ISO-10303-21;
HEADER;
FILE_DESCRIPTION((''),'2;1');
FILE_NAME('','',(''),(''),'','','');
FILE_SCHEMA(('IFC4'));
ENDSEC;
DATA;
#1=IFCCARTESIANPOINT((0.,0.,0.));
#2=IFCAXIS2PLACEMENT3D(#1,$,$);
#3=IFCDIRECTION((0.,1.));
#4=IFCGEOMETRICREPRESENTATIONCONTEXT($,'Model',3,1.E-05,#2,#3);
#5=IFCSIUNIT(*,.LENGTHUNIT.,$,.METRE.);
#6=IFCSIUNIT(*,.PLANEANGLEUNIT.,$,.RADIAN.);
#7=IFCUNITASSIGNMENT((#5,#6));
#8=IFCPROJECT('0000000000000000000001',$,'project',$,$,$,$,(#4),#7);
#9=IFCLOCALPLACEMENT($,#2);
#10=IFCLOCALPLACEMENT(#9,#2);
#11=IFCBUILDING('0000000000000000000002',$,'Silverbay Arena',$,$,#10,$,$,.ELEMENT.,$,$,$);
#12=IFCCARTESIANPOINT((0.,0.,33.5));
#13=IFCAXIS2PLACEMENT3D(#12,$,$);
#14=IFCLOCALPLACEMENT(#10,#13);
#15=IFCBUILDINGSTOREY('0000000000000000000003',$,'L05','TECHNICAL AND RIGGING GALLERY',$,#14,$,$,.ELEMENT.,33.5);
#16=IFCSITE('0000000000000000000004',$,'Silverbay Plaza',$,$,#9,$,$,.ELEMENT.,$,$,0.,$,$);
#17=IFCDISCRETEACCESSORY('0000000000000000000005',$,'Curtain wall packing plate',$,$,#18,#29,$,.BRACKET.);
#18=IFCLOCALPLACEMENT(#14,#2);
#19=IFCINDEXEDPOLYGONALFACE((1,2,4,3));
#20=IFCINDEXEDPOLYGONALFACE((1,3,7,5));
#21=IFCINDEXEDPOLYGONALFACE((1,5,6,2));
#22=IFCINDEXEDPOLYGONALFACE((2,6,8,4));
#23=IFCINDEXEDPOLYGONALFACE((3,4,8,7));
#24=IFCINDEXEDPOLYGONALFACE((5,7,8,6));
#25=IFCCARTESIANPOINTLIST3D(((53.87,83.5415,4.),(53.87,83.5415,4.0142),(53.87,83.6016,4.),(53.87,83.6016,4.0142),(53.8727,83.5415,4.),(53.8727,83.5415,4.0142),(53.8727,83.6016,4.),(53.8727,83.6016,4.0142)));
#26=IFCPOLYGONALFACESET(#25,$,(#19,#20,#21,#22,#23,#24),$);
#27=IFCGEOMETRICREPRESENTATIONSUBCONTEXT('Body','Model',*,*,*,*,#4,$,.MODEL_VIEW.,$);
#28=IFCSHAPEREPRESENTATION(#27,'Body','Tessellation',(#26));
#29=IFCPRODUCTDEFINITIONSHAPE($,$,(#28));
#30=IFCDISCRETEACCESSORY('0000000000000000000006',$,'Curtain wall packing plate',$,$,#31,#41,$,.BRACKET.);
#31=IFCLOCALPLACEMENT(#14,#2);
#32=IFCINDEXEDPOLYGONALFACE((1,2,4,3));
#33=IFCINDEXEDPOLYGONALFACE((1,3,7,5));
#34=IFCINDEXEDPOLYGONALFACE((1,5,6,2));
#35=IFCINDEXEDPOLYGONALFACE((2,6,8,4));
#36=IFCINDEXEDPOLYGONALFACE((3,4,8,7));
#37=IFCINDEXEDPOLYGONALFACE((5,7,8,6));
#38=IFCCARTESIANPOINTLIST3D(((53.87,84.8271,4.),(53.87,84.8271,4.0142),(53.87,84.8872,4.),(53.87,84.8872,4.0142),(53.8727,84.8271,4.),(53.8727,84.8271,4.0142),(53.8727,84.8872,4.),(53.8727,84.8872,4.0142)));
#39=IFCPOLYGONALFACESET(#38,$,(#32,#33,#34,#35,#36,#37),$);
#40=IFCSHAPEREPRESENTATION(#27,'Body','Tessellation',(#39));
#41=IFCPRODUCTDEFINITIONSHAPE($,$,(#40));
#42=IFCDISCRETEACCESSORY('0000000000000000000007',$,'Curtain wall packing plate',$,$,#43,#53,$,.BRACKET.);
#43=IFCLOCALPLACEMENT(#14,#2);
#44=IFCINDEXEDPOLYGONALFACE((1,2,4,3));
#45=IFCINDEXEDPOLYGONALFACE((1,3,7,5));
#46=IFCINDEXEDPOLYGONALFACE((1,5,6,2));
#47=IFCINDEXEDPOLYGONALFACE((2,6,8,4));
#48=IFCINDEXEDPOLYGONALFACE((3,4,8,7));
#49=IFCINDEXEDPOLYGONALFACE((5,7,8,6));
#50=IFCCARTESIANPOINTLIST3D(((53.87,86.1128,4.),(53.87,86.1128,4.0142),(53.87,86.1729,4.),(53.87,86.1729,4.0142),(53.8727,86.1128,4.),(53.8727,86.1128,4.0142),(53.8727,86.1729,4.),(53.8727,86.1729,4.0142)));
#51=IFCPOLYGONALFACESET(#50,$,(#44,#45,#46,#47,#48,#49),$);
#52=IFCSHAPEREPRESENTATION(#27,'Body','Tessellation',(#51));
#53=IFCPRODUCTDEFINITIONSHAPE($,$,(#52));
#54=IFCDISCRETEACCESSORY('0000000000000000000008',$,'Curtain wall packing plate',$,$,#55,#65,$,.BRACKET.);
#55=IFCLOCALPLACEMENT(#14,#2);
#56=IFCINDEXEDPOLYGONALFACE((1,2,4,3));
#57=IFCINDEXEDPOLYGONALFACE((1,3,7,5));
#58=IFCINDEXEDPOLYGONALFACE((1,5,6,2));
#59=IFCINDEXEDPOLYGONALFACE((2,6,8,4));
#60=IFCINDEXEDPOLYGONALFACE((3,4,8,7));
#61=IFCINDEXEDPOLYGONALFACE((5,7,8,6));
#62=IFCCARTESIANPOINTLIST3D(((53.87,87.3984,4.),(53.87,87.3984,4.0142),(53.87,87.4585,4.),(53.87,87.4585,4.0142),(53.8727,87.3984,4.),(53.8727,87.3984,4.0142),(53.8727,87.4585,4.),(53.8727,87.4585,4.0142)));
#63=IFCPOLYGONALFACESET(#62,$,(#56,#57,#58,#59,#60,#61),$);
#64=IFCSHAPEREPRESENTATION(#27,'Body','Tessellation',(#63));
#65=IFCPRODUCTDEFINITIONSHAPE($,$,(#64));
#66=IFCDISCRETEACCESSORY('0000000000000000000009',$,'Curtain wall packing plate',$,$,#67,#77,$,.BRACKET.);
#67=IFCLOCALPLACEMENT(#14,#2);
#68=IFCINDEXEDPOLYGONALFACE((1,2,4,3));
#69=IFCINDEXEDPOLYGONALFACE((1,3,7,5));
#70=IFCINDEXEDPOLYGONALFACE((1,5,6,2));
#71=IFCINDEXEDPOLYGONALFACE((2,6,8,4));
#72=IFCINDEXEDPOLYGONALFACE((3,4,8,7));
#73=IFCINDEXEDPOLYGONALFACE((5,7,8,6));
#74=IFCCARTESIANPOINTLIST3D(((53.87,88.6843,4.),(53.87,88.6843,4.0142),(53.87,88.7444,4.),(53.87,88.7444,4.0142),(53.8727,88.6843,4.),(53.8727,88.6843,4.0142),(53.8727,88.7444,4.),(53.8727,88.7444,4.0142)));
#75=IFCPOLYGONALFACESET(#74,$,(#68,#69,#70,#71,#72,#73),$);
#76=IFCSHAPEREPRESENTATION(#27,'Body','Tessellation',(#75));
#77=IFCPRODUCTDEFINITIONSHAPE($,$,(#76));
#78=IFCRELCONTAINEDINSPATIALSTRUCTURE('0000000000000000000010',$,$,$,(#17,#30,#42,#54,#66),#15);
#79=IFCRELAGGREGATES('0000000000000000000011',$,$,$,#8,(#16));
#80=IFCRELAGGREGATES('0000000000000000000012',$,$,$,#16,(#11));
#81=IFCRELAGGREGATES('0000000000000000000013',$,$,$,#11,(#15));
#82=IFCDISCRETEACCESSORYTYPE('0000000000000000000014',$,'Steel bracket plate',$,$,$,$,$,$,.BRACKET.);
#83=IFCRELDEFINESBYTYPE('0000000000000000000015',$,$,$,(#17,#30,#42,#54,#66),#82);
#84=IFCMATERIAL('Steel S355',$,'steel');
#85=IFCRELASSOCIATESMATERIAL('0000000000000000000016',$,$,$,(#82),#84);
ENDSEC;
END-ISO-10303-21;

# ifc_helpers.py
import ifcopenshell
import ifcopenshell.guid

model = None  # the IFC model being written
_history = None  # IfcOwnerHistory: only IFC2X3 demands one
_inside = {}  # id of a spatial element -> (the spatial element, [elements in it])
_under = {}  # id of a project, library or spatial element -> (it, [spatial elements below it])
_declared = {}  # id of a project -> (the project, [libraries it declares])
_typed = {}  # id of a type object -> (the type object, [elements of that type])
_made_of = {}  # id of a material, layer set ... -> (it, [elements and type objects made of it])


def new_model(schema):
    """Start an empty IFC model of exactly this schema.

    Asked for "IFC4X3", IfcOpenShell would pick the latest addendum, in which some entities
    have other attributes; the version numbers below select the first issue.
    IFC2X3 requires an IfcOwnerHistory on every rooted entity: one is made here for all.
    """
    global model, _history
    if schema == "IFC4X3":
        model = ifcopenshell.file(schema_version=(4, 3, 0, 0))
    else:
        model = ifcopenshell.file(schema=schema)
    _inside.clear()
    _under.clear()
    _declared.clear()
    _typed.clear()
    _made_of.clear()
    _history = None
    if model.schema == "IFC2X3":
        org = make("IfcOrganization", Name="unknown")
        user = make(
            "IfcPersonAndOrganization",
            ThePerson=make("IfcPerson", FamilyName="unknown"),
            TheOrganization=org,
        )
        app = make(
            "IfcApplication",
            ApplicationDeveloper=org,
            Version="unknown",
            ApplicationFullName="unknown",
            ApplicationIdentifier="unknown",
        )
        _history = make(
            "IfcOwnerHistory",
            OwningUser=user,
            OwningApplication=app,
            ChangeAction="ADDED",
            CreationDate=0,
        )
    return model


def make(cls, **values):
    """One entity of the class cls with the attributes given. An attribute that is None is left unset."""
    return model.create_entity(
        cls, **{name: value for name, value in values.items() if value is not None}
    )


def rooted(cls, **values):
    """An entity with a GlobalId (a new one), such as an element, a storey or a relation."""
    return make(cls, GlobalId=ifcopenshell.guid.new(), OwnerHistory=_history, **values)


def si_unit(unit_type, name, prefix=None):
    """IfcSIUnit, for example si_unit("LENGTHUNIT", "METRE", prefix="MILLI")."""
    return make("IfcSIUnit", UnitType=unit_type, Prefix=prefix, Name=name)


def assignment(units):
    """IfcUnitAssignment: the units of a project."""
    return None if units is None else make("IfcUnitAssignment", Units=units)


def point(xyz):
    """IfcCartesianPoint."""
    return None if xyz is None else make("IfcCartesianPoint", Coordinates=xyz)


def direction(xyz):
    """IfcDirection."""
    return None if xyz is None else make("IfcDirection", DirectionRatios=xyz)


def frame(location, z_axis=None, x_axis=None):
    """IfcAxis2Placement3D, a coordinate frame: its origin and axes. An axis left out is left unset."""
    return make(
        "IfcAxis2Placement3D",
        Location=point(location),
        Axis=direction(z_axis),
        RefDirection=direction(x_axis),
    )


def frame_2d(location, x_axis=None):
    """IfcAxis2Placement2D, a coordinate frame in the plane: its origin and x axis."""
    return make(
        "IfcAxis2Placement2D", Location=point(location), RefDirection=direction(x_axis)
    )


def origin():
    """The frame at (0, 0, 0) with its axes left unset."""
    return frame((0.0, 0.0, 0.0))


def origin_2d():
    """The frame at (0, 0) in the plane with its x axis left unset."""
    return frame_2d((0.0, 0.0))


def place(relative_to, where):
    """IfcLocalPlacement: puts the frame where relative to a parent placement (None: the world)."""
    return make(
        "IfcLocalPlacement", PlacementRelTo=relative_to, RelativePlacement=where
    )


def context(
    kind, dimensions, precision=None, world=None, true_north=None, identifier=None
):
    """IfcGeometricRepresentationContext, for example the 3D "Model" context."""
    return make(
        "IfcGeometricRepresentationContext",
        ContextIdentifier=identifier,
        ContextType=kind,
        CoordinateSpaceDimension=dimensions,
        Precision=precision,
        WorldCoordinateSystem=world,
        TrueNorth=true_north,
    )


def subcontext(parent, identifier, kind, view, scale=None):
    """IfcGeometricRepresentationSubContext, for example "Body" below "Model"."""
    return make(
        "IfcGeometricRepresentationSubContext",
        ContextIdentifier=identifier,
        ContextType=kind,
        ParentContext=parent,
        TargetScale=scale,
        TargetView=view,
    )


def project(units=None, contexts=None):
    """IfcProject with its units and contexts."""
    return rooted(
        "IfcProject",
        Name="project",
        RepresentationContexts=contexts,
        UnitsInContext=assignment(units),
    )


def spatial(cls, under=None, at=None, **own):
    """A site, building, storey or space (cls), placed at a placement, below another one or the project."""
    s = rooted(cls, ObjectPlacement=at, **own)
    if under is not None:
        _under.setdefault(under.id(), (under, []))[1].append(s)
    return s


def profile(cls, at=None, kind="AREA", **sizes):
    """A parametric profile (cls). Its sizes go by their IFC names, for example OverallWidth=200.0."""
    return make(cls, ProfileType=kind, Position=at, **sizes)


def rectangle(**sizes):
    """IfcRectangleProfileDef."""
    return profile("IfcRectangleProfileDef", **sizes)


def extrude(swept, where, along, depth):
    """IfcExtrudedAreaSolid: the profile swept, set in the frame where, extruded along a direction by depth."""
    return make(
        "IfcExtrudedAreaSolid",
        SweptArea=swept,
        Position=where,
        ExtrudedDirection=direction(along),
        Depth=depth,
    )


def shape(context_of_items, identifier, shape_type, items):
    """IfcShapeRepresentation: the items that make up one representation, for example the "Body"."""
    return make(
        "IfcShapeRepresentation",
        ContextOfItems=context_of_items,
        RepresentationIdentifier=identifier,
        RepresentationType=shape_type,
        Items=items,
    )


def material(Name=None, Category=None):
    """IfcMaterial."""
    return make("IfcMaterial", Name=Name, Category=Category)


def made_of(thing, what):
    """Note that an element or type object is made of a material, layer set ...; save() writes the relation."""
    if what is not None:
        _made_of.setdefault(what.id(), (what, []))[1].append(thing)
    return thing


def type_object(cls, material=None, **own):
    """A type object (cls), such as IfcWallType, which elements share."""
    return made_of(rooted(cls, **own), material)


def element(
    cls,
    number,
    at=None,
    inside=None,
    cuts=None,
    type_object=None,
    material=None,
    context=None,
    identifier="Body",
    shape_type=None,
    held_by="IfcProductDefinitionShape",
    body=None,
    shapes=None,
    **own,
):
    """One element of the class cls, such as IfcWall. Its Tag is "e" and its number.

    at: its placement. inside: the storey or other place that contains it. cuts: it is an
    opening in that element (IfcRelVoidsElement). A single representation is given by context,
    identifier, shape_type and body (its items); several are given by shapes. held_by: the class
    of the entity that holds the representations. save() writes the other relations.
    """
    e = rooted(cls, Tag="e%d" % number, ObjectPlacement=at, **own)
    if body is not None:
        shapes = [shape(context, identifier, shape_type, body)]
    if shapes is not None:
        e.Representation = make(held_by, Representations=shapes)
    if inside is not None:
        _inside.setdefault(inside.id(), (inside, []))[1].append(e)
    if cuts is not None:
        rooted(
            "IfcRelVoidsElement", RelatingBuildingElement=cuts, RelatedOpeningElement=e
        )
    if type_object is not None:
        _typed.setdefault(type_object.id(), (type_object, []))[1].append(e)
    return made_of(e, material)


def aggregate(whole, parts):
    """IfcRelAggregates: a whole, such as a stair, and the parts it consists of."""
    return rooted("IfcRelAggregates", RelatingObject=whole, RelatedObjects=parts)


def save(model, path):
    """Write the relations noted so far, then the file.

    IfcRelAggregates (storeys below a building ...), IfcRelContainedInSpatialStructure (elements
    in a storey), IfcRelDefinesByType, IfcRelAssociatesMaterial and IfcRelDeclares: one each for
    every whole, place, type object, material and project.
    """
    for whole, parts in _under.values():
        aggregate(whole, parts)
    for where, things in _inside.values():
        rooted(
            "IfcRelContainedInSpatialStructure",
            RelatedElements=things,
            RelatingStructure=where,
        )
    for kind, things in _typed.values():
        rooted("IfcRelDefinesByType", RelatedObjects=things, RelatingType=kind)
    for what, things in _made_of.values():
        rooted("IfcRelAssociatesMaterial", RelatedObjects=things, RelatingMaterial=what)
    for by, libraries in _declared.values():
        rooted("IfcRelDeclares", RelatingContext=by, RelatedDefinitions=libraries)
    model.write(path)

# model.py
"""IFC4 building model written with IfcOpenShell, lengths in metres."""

from ifc_helpers import new_model, si_unit, direction, frame, origin, origin_2d, place, context, subcontext, project, spatial, rectangle, extrude, material, type_object, element, save


model = new_model("IFC4")

# Units and contexts
model_context = context("Model", 3, precision=1e-05, world=origin(), true_north=direction((0.0, 1.0)))
body_context = subcontext(model_context, "Body", "Model", "MODEL_VIEW")
ifc_project = project(units=[si_unit("LENGTHUNIT", "METRE"), si_unit("PLANEANGLEUNIT", "RADIAN")], contexts=[model_context])

# Site, building, storey
site_placement = place(None, origin())
site = spatial("IfcSite", under=ifc_project, at=site_placement, Name="Silverbay Plaza", CompositionType="ELEMENT", RefElevation=0.0)
building_placement = place(site_placement, origin())
building = spatial("IfcBuilding", under=site, at=building_placement, Name="Silverbay Arena", CompositionType="ELEMENT")
storey_placement = place(building_placement, frame((0.0, 0.0, 33.5)))
storey = spatial("IfcBuildingStorey", under=building, at=storey_placement, Name="L05", Description="TECHNICAL AND RIGGING GALLERY", CompositionType="ELEMENT", Elevation=33.5)

# Discrete accessories
ifc_material_1 = material(Name="Steel S355", Category="steel")
discrete_accessory_type = type_object("IfcDiscreteAccessoryType", Name="Steel bracket plate", PredefinedType="BRACKET", material=ifc_material_1)
for number, where, z_axis, x_axis, name in (
    (1, (53.8713, 83.5715, 4.0), (0.0, 0.0, 1.0), (1.0, 0.0, 0.0), "Curtain wall packing plate"),
    (2, (53.8713, 84.8572, 4.0), (0.0, 0.0, 1.0), (1.0, 0.0, 0.0), "Curtain wall packing plate"),
    (3, (53.8713, 86.1428, 4.0), (0.0, 0.0, 1.0), (1.0, 0.0, 0.0), "Curtain wall packing plate"),
    (4, (53.8713, 87.4285, 4.0), (0.0, 0.0, 1.0), (1.0, 0.0, 0.0), "Curtain wall packing plate"),
    (5, (53.8713, 88.7144, 4.0), (0.0, 0.0, 1.0), (1.0, 0.0, 0.0), "Curtain wall packing plate"),
):
    element("IfcDiscreteAccessory", number, at=place(storey_placement, frame(where, z_axis=z_axis, x_axis=x_axis)), inside=storey, type_object=discrete_accessory_type, Name=name, PredefinedType="BRACKET", context=body_context, shape_type="SweptSolid", body=[
        extrude(rectangle(XDim=0.0027, YDim=0.0601, at=origin_2d()), origin(), (0.0, 0.0, 1.0), 0.0142),
    ])

save(model, "model.ifc")
